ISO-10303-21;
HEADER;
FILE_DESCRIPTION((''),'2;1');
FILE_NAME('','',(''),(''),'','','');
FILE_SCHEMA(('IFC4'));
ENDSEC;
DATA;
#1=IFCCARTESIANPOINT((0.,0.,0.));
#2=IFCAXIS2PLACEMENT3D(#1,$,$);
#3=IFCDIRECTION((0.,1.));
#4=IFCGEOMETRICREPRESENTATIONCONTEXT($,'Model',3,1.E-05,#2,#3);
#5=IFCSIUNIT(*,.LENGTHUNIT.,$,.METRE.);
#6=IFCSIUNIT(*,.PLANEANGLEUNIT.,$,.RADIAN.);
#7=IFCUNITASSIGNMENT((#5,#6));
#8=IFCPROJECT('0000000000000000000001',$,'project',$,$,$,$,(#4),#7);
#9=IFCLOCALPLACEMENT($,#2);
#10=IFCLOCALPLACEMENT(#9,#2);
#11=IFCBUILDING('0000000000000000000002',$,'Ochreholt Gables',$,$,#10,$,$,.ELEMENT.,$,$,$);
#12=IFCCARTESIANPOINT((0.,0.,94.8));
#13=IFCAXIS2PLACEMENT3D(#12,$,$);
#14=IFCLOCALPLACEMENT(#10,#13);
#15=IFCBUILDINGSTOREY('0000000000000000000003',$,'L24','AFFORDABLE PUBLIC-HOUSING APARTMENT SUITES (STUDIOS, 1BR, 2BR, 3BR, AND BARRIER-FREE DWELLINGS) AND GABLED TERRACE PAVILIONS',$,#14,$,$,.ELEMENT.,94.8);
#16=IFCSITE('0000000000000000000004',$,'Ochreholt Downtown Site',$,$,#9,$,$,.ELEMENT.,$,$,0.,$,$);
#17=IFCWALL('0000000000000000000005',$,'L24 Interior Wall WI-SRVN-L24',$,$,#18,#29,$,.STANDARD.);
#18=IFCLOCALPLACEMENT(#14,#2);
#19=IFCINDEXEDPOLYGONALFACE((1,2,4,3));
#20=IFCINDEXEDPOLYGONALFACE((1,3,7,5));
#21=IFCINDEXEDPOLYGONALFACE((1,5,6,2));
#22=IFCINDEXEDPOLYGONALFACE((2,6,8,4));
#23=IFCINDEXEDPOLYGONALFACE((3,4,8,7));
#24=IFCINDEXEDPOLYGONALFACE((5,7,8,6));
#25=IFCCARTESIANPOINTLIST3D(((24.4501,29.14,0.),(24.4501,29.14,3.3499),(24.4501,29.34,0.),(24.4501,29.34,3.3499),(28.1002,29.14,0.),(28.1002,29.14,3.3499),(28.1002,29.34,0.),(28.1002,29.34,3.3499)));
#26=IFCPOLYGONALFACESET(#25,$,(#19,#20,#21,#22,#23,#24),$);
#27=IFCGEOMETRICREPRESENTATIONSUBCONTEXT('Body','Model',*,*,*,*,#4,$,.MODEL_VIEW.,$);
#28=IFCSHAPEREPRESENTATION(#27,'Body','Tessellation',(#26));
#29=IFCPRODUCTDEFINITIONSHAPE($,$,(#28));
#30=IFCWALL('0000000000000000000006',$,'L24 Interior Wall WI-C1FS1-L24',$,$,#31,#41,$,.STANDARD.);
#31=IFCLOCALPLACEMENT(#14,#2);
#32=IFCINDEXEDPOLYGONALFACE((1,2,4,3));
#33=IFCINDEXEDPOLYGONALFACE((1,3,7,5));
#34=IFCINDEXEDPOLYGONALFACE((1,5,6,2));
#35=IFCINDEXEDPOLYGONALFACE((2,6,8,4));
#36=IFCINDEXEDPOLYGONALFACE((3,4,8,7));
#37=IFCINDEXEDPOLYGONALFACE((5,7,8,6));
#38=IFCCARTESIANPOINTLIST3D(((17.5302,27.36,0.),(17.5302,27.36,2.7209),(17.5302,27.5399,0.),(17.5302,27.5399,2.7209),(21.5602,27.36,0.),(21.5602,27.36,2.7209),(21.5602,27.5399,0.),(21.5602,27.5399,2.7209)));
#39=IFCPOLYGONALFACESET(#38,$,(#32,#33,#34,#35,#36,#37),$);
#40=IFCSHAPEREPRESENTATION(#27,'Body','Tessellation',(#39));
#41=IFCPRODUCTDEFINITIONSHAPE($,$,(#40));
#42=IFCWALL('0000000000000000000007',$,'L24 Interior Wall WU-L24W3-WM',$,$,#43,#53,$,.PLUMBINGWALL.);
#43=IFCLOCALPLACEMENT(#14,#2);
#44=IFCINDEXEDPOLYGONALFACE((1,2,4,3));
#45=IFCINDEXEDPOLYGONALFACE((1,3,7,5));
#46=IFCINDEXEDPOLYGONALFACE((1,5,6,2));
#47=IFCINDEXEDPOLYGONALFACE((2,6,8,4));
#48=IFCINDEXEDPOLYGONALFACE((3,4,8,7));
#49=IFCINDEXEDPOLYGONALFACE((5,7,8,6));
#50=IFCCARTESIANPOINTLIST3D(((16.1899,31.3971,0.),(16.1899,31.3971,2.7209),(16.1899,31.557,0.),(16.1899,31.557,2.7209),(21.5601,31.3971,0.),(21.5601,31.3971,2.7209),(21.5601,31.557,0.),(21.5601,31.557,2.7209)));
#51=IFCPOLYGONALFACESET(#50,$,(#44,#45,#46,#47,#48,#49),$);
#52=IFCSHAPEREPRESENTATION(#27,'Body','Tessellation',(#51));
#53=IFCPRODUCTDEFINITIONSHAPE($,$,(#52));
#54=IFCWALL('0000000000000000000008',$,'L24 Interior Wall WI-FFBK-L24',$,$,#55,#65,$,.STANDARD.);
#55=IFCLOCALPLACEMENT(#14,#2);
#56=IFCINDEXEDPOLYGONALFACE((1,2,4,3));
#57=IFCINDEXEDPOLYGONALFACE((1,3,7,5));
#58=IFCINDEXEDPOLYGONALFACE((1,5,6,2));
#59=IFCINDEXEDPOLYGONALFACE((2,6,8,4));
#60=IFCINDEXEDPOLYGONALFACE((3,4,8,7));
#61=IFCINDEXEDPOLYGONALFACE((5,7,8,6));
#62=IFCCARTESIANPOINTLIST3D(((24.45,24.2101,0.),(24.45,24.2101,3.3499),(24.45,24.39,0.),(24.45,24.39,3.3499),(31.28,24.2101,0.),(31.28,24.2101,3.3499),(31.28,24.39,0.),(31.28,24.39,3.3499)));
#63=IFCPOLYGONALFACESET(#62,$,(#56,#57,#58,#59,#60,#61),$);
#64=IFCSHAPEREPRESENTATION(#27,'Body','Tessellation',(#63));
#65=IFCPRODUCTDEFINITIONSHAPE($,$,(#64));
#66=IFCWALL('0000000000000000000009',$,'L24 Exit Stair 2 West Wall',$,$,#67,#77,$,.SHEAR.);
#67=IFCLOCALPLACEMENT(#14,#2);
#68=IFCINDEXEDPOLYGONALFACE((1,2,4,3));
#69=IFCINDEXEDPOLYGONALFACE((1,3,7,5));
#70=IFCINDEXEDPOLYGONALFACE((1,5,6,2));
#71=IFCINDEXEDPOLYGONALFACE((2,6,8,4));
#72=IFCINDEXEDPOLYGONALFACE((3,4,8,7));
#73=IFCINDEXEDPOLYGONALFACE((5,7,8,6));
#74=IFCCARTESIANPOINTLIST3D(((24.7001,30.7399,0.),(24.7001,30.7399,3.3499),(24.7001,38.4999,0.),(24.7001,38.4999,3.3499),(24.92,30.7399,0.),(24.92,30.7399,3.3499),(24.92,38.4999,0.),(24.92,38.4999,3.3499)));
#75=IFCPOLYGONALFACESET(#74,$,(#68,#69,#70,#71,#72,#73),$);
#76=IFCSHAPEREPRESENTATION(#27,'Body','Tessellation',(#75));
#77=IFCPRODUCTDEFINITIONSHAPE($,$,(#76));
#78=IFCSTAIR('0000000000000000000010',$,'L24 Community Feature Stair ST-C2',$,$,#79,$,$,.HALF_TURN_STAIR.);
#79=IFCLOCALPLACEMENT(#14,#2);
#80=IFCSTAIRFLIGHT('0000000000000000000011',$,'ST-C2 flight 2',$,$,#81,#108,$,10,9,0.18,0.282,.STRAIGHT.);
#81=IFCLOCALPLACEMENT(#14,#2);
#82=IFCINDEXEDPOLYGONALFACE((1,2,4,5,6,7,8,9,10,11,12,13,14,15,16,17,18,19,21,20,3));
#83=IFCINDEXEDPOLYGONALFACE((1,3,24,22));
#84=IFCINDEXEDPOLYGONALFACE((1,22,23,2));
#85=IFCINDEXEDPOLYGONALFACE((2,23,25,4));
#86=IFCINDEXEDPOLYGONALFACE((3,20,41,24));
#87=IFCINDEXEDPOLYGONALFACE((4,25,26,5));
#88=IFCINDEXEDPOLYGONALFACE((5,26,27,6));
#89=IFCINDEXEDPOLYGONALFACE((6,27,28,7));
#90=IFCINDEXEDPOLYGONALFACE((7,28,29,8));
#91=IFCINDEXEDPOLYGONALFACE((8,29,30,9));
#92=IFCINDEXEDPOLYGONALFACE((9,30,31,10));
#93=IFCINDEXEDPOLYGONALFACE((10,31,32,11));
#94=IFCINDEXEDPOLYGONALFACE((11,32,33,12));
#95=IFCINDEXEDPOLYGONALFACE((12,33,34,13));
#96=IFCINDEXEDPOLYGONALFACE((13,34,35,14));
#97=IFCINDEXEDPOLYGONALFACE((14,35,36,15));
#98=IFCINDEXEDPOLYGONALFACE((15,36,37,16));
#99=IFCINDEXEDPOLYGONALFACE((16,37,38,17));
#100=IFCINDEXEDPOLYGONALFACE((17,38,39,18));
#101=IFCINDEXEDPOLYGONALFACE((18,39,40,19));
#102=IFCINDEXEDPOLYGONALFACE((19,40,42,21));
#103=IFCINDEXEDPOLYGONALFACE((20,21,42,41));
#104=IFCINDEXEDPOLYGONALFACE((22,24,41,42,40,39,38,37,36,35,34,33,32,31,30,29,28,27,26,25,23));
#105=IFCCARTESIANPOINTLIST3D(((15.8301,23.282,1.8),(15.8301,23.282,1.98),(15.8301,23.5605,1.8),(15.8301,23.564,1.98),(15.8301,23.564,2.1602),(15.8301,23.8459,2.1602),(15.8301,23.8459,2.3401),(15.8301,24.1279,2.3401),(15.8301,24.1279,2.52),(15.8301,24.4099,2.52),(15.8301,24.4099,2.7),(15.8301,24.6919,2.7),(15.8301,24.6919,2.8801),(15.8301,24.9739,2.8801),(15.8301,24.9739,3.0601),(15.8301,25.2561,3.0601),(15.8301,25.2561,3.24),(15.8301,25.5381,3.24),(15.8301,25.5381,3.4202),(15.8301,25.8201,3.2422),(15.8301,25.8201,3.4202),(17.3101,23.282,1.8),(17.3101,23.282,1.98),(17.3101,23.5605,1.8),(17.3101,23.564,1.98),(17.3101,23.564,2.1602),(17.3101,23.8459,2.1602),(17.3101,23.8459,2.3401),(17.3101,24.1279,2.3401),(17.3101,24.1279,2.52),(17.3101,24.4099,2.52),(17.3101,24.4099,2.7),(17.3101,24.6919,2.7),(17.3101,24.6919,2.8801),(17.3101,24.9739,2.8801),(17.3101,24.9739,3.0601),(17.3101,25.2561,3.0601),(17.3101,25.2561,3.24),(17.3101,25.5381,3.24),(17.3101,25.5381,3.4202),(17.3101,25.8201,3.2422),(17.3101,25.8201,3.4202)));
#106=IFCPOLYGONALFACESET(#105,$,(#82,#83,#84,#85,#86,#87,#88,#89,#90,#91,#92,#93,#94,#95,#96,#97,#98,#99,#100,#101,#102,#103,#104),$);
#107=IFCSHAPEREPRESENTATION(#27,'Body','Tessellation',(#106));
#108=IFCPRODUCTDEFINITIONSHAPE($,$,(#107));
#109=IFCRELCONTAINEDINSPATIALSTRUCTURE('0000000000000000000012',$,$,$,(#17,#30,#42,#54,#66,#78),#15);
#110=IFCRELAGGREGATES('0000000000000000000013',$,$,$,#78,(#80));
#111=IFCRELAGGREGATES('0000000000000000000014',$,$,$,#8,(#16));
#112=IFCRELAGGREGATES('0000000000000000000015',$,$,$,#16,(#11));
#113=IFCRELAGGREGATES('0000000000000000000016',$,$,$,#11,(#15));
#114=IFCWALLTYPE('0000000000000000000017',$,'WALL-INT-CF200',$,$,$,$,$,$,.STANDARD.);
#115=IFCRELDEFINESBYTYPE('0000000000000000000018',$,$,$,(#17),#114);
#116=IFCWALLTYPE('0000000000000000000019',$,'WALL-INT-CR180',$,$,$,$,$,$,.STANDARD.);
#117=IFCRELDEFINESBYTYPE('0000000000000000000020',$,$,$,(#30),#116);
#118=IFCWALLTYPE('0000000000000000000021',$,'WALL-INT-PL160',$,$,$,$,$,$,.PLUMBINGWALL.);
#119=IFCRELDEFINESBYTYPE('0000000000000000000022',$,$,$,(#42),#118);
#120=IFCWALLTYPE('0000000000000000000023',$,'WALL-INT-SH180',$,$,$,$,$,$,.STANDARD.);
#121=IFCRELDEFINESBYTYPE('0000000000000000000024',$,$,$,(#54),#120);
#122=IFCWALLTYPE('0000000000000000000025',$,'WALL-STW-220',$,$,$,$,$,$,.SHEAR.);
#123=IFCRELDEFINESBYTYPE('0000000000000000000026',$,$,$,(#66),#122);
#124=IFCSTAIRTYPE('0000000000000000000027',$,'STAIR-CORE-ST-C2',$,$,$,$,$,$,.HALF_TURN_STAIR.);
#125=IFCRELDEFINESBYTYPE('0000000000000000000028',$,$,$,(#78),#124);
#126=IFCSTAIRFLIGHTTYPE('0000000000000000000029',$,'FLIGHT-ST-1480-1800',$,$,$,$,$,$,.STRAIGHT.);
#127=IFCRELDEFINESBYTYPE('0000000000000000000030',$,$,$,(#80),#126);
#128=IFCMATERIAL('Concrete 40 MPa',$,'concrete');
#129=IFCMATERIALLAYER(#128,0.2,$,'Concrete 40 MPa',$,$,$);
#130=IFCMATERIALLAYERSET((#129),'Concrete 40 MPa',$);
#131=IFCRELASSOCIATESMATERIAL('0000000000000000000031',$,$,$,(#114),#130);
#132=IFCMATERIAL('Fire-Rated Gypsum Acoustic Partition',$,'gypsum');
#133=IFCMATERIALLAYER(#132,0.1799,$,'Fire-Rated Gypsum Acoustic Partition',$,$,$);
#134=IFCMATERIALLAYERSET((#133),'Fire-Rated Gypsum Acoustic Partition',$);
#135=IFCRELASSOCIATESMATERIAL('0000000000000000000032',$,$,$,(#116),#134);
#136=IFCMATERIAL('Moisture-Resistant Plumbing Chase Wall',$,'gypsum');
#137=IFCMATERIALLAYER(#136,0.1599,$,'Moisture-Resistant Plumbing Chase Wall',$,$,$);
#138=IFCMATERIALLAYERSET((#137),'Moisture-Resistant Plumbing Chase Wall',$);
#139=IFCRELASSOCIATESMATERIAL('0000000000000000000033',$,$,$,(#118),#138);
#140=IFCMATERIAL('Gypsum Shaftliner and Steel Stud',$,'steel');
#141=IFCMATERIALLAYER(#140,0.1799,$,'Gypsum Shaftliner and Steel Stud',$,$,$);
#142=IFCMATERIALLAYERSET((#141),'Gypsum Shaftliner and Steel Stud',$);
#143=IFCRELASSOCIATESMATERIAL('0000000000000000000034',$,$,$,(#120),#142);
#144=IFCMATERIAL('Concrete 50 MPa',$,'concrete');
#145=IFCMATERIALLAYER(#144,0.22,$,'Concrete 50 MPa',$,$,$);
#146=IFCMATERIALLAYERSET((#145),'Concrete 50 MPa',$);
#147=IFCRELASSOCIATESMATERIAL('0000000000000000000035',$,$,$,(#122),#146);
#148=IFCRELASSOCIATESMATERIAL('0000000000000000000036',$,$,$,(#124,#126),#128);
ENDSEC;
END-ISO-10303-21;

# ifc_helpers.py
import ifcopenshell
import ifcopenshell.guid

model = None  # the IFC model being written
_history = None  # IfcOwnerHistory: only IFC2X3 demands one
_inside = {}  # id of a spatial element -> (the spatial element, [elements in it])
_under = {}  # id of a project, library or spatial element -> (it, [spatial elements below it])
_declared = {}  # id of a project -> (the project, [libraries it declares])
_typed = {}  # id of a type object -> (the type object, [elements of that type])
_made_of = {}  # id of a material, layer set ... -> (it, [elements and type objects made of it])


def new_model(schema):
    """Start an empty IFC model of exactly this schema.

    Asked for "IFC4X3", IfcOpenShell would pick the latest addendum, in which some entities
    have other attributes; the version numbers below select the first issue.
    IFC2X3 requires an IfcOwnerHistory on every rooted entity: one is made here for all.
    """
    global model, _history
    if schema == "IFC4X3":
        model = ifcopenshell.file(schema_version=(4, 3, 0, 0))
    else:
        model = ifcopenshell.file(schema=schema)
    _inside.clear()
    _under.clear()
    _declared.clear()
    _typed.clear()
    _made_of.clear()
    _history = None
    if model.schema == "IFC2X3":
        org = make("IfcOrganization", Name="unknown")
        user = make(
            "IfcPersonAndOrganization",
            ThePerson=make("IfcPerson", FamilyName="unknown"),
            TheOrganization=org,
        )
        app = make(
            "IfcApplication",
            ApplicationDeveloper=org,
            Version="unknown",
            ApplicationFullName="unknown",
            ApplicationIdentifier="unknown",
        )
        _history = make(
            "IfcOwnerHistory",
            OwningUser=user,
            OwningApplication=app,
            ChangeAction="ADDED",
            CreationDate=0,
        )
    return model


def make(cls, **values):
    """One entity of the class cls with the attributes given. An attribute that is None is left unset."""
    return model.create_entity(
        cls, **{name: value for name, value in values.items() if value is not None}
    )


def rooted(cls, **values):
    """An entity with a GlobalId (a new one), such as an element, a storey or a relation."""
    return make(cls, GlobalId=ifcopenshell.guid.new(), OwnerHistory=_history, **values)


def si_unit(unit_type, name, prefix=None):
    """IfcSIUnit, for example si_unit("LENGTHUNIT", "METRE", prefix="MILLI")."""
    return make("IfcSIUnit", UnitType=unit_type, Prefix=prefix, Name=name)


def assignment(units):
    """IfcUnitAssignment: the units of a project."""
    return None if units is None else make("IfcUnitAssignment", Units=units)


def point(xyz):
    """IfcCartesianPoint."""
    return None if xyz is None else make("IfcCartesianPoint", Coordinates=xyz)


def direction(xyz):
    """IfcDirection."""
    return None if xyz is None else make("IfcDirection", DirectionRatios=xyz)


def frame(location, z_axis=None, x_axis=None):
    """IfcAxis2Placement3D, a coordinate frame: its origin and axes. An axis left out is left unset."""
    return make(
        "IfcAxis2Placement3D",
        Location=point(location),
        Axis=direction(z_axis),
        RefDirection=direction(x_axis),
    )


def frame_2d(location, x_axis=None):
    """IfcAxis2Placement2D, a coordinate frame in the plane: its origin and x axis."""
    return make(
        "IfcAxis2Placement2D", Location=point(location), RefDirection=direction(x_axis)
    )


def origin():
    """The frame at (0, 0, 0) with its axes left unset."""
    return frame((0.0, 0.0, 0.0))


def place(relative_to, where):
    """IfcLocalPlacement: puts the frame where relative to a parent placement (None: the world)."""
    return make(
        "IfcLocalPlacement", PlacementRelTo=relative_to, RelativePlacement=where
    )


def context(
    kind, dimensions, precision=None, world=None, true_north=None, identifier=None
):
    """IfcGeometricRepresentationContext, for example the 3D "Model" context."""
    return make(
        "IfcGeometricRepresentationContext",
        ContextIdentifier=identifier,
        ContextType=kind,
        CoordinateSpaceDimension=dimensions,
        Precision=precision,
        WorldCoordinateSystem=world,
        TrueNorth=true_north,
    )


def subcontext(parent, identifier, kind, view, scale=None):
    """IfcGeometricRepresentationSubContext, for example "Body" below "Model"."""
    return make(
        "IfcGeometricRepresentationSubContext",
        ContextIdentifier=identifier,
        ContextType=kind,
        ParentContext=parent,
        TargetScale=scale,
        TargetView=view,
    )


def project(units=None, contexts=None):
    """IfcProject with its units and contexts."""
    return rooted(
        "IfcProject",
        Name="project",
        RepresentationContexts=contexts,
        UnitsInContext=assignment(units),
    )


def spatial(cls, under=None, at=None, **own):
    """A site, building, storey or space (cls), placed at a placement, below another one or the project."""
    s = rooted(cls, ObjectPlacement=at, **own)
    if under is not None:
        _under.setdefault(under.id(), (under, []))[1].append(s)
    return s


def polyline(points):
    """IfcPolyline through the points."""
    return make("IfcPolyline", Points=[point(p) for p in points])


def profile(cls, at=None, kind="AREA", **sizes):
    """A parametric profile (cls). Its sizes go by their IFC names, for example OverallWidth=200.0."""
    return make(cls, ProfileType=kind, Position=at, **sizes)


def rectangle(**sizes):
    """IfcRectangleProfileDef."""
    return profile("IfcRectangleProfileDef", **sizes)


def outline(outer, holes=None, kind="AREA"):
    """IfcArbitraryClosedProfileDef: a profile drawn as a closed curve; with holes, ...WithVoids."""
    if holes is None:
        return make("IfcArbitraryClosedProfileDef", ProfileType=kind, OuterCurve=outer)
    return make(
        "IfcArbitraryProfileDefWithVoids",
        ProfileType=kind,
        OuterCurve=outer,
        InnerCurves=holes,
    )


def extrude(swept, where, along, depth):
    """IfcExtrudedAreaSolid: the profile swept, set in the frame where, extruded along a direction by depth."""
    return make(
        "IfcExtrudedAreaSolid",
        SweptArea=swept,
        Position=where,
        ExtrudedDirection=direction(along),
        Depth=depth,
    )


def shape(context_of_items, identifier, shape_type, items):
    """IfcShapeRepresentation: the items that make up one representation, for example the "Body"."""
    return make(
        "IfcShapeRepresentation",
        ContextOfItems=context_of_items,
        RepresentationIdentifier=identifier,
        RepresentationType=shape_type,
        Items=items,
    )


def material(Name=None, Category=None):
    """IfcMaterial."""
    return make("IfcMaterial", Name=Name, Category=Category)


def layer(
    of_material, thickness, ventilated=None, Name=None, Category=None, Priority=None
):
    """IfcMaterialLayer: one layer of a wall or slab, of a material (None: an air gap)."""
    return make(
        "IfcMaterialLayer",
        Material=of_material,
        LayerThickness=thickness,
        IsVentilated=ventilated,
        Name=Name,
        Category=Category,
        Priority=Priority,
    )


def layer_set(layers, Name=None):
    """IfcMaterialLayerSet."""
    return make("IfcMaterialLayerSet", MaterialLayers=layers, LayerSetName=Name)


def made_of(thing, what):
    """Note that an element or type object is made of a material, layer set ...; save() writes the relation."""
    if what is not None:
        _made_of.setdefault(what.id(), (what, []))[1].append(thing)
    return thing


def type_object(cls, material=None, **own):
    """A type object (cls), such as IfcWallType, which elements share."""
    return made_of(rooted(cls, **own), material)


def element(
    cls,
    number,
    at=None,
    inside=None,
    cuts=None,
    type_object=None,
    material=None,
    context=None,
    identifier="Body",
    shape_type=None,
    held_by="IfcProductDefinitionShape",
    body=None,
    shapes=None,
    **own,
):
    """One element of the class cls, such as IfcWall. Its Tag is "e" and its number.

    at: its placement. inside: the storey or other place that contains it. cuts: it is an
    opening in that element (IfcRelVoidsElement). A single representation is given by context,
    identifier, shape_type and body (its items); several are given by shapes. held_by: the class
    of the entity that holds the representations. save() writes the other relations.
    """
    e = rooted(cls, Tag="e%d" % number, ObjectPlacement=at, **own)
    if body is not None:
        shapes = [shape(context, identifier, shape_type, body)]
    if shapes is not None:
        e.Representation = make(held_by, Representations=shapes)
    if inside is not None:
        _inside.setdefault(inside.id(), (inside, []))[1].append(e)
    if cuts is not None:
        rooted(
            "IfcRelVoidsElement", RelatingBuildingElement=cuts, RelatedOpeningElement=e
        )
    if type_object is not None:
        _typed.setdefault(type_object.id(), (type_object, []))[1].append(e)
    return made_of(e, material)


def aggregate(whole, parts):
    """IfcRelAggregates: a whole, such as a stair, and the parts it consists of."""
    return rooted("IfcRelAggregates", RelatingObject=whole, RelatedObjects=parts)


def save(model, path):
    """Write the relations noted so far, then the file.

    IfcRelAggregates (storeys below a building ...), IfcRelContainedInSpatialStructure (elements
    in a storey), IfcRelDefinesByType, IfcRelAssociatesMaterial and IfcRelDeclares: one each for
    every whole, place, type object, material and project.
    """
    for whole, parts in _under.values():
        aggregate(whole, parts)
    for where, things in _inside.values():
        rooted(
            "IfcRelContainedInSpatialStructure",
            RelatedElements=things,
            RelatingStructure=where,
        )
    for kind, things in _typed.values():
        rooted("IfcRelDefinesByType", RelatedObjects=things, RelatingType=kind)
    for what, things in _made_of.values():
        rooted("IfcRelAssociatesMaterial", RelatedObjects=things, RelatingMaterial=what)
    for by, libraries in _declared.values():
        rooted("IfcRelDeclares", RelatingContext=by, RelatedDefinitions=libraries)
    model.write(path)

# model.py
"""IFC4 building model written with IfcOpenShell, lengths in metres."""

from ifc_helpers import new_model, si_unit, direction, frame, frame_2d, origin, place, context, subcontext, project, spatial, polyline, rectangle, outline, extrude, material, layer, layer_set, type_object, element, aggregate, save


model = new_model("IFC4")

# Units and contexts
model_context = context("Model", 3, precision=1e-05, world=origin(), true_north=direction((0.0, 1.0)))
body_context = subcontext(model_context, "Body", "Model", "MODEL_VIEW")
ifc_project = project(units=[si_unit("LENGTHUNIT", "METRE"), si_unit("PLANEANGLEUNIT", "RADIAN")], contexts=[model_context])

# Site, building, storey
site_placement = place(None, origin())
site = spatial("IfcSite", under=ifc_project, at=site_placement, Name="Ochreholt Downtown Site", CompositionType="ELEMENT", RefElevation=0.0)
building_placement = place(site_placement, origin())
building = spatial("IfcBuilding", under=site, at=building_placement, Name="Ochreholt Gables", CompositionType="ELEMENT")
storey_placement = place(building_placement, frame((0.0, 0.0, 94.8)))
storey = spatial("IfcBuildingStorey", under=building, at=storey_placement, Name="L24", Description="AFFORDABLE PUBLIC-HOUSING APARTMENT SUITES (STUDIOS, 1BR, 2BR, 3BR, AND BARRIER-FREE DWELLINGS) AND GABLED TERRACE PAVILIONS", CompositionType="ELEMENT", Elevation=94.8)

# Shared definitions
ifc_material_1 = material(Name="Concrete 40 MPa", Category="concrete")
ifc_layer_1 = layer(ifc_material_1, 0.2, Name="Concrete 40 MPa")
ifc_layer_set_1 = layer_set([ifc_layer_1], Name="Concrete 40 MPa")
wall_type_1 = type_object("IfcWallType", Name="WALL-INT-CF200", PredefinedType="STANDARD", material=ifc_layer_set_1)

# Walls
wall_1_placement = place(storey_placement, frame((24.45, 29.24, 0.0), z_axis=(0.0, 0.0, 1.0), x_axis=(1.0, 0.0, 0.0)))
element("IfcWall", 1, at=wall_1_placement, inside=storey, type_object=wall_type_1, Name="L24 Interior Wall WI-SRVN-L24", PredefinedType="STANDARD", context=body_context, shape_type="SweptSolid", body=[
    extrude(rectangle(XDim=3.6501, YDim=0.2, at=frame_2d((1.8252, 0.0))), origin(), (0.0, 0.0, 1.0), 3.3499),
])
ifc_material_2 = material(Name="Fire-Rated Gypsum Acoustic Partition", Category="gypsum")
ifc_layer_2 = layer(ifc_material_2, 0.1799, Name="Fire-Rated Gypsum Acoustic Partition")
ifc_layer_set_2 = layer_set([ifc_layer_2], Name="Fire-Rated Gypsum Acoustic Partition")
wall_type_2 = type_object("IfcWallType", Name="WALL-INT-CR180", PredefinedType="STANDARD", material=ifc_layer_set_2)
wall_2_placement = place(storey_placement, frame((17.53, 27.45, 0.0), z_axis=(0.0, 0.0, 1.0), x_axis=(1.0, 0.0, 0.0)))
element("IfcWall", 2, at=wall_2_placement, inside=storey, type_object=wall_type_2, Name="L24 Interior Wall WI-C1FS1-L24", PredefinedType="STANDARD", context=body_context, shape_type="SweptSolid", body=[
    extrude(rectangle(XDim=4.03, YDim=0.1799, at=frame_2d((2.0151, 0.0))), origin(), (0.0, 0.0, 1.0), 2.7209),
])
ifc_material_3 = material(Name="Moisture-Resistant Plumbing Chase Wall", Category="gypsum")
ifc_layer_3 = layer(ifc_material_3, 0.1599, Name="Moisture-Resistant Plumbing Chase Wall")
ifc_layer_set_3 = layer_set([ifc_layer_3], Name="Moisture-Resistant Plumbing Chase Wall")
wall_type_3 = type_object("IfcWallType", Name="WALL-INT-PL160", PredefinedType="PLUMBINGWALL", material=ifc_layer_set_3)
wall_3_placement = place(storey_placement, frame((16.1899, 31.4771, 0.0), z_axis=(0.0, 0.0, 1.0), x_axis=(1.0, 0.0, 0.0)))
element("IfcWall", 3, at=wall_3_placement, inside=storey, type_object=wall_type_3, Name="L24 Interior Wall WU-L24W3-WM", PredefinedType="PLUMBINGWALL", context=body_context, shape_type="SweptSolid", body=[
    extrude(rectangle(XDim=5.3701, YDim=0.1599, at=frame_2d((2.6851, 0.0))), origin(), (0.0, 0.0, 1.0), 2.7209),
])
ifc_material_4 = material(Name="Gypsum Shaftliner and Steel Stud", Category="steel")
ifc_layer_4 = layer(ifc_material_4, 0.1799, Name="Gypsum Shaftliner and Steel Stud")
ifc_layer_set_4 = layer_set([ifc_layer_4], Name="Gypsum Shaftliner and Steel Stud")
wall_type_4 = type_object("IfcWallType", Name="WALL-INT-SH180", PredefinedType="STANDARD", material=ifc_layer_set_4)
wall_4_placement = place(storey_placement, frame((24.45, 24.3, 0.0), z_axis=(0.0, 0.0, 1.0), x_axis=(1.0, 0.0, 0.0)))
element("IfcWall", 4, at=wall_4_placement, inside=storey, type_object=wall_type_4, Name="L24 Interior Wall WI-FFBK-L24", PredefinedType="STANDARD", context=body_context, shape_type="SweptSolid", body=[
    extrude(rectangle(XDim=6.8301, YDim=0.1799, at=frame_2d((3.415, 0.0))), origin(), (0.0, 0.0, 1.0), 3.3499),
])
ifc_material_5 = material(Name="Concrete 50 MPa", Category="concrete")
ifc_layer_5 = layer(ifc_material_5, 0.22, Name="Concrete 50 MPa")
ifc_layer_set_5 = layer_set([ifc_layer_5], Name="Concrete 50 MPa")
wall_type_5 = type_object("IfcWallType", Name="WALL-STW-220", PredefinedType="SHEAR", material=ifc_layer_set_5)
wall_5_placement = place(storey_placement, frame((24.8101, 30.74, 0.0), z_axis=(0.0, 0.0, 1.0), x_axis=(0.0, 1.0, 0.0)))
element("IfcWall", 5, at=wall_5_placement, inside=storey, type_object=wall_type_5, Name="L24 Exit Stair 2 West Wall", PredefinedType="SHEAR", context=body_context, shape_type="SweptSolid", body=[
    extrude(rectangle(XDim=7.76, YDim=0.22, at=frame_2d((3.8799, 0.0))), origin(), (0.0, 0.0, 1.0), 3.3499),
])

# Stair, stair flight
stair_type = type_object("IfcStairType", Name="STAIR-CORE-ST-C2", PredefinedType="HALF_TURN_STAIR", material=ifc_material_1)
stair_placement = place(storey_placement, origin())
stair = element("IfcStair", 6, at=stair_placement, inside=storey, type_object=stair_type, Name="L24 Community Feature Stair ST-C2", PredefinedType="HALF_TURN_STAIR")
stair_flight_type = type_object("IfcStairFlightType", Name="FLIGHT-ST-1480-1800", PredefinedType="STRAIGHT", material=ifc_material_1)
stair_flight_placement = place(storey_placement, frame((16.5701, 23.282, 1.8), z_axis=(0.0, 0.0, 1.0), x_axis=(0.0, 1.0, 0.0)))
stair_flight = element("IfcStairFlight", 7, at=stair_flight_placement, type_object=stair_flight_type, Name="ST-C2 flight 2", NumberOfRisers=10, NumberOfTreads=9, PredefinedType="STRAIGHT", RiserHeight=0.18, TreadLength=0.282, context=body_context, shape_type="SweptSolid", body=[
    extrude(outline(polyline([(0.0, 0.0), (0.0, 0.1799), (0.282, 0.1799), (0.282, 0.3601), (0.564, 0.3601), (0.564, 0.54), (0.8459, 0.54), (0.8459, 0.72), (1.1279, 0.72), (1.1279, 0.8999), (1.4099, 0.8999), (1.4099, 1.0801), (1.6919, 1.0801), (1.6919, 1.26), (1.9741, 1.26), (1.9741, 1.4399), (2.2561, 1.4399), (2.2561, 1.6201), (2.5381, 1.6201), (2.5381, 1.8), (2.5381, 1.4421), (0.2786, 0.0), (0.0, 0.0)])), frame((0.0, 0.74, 0.0), z_axis=(0.0, -1.0, 0.0), x_axis=(1.0, 0.0, 0.0)), (0.0, 0.0, 1.0), 1.48),
])
aggregate(stair, [stair_flight])

save(model, "model.ifc")
